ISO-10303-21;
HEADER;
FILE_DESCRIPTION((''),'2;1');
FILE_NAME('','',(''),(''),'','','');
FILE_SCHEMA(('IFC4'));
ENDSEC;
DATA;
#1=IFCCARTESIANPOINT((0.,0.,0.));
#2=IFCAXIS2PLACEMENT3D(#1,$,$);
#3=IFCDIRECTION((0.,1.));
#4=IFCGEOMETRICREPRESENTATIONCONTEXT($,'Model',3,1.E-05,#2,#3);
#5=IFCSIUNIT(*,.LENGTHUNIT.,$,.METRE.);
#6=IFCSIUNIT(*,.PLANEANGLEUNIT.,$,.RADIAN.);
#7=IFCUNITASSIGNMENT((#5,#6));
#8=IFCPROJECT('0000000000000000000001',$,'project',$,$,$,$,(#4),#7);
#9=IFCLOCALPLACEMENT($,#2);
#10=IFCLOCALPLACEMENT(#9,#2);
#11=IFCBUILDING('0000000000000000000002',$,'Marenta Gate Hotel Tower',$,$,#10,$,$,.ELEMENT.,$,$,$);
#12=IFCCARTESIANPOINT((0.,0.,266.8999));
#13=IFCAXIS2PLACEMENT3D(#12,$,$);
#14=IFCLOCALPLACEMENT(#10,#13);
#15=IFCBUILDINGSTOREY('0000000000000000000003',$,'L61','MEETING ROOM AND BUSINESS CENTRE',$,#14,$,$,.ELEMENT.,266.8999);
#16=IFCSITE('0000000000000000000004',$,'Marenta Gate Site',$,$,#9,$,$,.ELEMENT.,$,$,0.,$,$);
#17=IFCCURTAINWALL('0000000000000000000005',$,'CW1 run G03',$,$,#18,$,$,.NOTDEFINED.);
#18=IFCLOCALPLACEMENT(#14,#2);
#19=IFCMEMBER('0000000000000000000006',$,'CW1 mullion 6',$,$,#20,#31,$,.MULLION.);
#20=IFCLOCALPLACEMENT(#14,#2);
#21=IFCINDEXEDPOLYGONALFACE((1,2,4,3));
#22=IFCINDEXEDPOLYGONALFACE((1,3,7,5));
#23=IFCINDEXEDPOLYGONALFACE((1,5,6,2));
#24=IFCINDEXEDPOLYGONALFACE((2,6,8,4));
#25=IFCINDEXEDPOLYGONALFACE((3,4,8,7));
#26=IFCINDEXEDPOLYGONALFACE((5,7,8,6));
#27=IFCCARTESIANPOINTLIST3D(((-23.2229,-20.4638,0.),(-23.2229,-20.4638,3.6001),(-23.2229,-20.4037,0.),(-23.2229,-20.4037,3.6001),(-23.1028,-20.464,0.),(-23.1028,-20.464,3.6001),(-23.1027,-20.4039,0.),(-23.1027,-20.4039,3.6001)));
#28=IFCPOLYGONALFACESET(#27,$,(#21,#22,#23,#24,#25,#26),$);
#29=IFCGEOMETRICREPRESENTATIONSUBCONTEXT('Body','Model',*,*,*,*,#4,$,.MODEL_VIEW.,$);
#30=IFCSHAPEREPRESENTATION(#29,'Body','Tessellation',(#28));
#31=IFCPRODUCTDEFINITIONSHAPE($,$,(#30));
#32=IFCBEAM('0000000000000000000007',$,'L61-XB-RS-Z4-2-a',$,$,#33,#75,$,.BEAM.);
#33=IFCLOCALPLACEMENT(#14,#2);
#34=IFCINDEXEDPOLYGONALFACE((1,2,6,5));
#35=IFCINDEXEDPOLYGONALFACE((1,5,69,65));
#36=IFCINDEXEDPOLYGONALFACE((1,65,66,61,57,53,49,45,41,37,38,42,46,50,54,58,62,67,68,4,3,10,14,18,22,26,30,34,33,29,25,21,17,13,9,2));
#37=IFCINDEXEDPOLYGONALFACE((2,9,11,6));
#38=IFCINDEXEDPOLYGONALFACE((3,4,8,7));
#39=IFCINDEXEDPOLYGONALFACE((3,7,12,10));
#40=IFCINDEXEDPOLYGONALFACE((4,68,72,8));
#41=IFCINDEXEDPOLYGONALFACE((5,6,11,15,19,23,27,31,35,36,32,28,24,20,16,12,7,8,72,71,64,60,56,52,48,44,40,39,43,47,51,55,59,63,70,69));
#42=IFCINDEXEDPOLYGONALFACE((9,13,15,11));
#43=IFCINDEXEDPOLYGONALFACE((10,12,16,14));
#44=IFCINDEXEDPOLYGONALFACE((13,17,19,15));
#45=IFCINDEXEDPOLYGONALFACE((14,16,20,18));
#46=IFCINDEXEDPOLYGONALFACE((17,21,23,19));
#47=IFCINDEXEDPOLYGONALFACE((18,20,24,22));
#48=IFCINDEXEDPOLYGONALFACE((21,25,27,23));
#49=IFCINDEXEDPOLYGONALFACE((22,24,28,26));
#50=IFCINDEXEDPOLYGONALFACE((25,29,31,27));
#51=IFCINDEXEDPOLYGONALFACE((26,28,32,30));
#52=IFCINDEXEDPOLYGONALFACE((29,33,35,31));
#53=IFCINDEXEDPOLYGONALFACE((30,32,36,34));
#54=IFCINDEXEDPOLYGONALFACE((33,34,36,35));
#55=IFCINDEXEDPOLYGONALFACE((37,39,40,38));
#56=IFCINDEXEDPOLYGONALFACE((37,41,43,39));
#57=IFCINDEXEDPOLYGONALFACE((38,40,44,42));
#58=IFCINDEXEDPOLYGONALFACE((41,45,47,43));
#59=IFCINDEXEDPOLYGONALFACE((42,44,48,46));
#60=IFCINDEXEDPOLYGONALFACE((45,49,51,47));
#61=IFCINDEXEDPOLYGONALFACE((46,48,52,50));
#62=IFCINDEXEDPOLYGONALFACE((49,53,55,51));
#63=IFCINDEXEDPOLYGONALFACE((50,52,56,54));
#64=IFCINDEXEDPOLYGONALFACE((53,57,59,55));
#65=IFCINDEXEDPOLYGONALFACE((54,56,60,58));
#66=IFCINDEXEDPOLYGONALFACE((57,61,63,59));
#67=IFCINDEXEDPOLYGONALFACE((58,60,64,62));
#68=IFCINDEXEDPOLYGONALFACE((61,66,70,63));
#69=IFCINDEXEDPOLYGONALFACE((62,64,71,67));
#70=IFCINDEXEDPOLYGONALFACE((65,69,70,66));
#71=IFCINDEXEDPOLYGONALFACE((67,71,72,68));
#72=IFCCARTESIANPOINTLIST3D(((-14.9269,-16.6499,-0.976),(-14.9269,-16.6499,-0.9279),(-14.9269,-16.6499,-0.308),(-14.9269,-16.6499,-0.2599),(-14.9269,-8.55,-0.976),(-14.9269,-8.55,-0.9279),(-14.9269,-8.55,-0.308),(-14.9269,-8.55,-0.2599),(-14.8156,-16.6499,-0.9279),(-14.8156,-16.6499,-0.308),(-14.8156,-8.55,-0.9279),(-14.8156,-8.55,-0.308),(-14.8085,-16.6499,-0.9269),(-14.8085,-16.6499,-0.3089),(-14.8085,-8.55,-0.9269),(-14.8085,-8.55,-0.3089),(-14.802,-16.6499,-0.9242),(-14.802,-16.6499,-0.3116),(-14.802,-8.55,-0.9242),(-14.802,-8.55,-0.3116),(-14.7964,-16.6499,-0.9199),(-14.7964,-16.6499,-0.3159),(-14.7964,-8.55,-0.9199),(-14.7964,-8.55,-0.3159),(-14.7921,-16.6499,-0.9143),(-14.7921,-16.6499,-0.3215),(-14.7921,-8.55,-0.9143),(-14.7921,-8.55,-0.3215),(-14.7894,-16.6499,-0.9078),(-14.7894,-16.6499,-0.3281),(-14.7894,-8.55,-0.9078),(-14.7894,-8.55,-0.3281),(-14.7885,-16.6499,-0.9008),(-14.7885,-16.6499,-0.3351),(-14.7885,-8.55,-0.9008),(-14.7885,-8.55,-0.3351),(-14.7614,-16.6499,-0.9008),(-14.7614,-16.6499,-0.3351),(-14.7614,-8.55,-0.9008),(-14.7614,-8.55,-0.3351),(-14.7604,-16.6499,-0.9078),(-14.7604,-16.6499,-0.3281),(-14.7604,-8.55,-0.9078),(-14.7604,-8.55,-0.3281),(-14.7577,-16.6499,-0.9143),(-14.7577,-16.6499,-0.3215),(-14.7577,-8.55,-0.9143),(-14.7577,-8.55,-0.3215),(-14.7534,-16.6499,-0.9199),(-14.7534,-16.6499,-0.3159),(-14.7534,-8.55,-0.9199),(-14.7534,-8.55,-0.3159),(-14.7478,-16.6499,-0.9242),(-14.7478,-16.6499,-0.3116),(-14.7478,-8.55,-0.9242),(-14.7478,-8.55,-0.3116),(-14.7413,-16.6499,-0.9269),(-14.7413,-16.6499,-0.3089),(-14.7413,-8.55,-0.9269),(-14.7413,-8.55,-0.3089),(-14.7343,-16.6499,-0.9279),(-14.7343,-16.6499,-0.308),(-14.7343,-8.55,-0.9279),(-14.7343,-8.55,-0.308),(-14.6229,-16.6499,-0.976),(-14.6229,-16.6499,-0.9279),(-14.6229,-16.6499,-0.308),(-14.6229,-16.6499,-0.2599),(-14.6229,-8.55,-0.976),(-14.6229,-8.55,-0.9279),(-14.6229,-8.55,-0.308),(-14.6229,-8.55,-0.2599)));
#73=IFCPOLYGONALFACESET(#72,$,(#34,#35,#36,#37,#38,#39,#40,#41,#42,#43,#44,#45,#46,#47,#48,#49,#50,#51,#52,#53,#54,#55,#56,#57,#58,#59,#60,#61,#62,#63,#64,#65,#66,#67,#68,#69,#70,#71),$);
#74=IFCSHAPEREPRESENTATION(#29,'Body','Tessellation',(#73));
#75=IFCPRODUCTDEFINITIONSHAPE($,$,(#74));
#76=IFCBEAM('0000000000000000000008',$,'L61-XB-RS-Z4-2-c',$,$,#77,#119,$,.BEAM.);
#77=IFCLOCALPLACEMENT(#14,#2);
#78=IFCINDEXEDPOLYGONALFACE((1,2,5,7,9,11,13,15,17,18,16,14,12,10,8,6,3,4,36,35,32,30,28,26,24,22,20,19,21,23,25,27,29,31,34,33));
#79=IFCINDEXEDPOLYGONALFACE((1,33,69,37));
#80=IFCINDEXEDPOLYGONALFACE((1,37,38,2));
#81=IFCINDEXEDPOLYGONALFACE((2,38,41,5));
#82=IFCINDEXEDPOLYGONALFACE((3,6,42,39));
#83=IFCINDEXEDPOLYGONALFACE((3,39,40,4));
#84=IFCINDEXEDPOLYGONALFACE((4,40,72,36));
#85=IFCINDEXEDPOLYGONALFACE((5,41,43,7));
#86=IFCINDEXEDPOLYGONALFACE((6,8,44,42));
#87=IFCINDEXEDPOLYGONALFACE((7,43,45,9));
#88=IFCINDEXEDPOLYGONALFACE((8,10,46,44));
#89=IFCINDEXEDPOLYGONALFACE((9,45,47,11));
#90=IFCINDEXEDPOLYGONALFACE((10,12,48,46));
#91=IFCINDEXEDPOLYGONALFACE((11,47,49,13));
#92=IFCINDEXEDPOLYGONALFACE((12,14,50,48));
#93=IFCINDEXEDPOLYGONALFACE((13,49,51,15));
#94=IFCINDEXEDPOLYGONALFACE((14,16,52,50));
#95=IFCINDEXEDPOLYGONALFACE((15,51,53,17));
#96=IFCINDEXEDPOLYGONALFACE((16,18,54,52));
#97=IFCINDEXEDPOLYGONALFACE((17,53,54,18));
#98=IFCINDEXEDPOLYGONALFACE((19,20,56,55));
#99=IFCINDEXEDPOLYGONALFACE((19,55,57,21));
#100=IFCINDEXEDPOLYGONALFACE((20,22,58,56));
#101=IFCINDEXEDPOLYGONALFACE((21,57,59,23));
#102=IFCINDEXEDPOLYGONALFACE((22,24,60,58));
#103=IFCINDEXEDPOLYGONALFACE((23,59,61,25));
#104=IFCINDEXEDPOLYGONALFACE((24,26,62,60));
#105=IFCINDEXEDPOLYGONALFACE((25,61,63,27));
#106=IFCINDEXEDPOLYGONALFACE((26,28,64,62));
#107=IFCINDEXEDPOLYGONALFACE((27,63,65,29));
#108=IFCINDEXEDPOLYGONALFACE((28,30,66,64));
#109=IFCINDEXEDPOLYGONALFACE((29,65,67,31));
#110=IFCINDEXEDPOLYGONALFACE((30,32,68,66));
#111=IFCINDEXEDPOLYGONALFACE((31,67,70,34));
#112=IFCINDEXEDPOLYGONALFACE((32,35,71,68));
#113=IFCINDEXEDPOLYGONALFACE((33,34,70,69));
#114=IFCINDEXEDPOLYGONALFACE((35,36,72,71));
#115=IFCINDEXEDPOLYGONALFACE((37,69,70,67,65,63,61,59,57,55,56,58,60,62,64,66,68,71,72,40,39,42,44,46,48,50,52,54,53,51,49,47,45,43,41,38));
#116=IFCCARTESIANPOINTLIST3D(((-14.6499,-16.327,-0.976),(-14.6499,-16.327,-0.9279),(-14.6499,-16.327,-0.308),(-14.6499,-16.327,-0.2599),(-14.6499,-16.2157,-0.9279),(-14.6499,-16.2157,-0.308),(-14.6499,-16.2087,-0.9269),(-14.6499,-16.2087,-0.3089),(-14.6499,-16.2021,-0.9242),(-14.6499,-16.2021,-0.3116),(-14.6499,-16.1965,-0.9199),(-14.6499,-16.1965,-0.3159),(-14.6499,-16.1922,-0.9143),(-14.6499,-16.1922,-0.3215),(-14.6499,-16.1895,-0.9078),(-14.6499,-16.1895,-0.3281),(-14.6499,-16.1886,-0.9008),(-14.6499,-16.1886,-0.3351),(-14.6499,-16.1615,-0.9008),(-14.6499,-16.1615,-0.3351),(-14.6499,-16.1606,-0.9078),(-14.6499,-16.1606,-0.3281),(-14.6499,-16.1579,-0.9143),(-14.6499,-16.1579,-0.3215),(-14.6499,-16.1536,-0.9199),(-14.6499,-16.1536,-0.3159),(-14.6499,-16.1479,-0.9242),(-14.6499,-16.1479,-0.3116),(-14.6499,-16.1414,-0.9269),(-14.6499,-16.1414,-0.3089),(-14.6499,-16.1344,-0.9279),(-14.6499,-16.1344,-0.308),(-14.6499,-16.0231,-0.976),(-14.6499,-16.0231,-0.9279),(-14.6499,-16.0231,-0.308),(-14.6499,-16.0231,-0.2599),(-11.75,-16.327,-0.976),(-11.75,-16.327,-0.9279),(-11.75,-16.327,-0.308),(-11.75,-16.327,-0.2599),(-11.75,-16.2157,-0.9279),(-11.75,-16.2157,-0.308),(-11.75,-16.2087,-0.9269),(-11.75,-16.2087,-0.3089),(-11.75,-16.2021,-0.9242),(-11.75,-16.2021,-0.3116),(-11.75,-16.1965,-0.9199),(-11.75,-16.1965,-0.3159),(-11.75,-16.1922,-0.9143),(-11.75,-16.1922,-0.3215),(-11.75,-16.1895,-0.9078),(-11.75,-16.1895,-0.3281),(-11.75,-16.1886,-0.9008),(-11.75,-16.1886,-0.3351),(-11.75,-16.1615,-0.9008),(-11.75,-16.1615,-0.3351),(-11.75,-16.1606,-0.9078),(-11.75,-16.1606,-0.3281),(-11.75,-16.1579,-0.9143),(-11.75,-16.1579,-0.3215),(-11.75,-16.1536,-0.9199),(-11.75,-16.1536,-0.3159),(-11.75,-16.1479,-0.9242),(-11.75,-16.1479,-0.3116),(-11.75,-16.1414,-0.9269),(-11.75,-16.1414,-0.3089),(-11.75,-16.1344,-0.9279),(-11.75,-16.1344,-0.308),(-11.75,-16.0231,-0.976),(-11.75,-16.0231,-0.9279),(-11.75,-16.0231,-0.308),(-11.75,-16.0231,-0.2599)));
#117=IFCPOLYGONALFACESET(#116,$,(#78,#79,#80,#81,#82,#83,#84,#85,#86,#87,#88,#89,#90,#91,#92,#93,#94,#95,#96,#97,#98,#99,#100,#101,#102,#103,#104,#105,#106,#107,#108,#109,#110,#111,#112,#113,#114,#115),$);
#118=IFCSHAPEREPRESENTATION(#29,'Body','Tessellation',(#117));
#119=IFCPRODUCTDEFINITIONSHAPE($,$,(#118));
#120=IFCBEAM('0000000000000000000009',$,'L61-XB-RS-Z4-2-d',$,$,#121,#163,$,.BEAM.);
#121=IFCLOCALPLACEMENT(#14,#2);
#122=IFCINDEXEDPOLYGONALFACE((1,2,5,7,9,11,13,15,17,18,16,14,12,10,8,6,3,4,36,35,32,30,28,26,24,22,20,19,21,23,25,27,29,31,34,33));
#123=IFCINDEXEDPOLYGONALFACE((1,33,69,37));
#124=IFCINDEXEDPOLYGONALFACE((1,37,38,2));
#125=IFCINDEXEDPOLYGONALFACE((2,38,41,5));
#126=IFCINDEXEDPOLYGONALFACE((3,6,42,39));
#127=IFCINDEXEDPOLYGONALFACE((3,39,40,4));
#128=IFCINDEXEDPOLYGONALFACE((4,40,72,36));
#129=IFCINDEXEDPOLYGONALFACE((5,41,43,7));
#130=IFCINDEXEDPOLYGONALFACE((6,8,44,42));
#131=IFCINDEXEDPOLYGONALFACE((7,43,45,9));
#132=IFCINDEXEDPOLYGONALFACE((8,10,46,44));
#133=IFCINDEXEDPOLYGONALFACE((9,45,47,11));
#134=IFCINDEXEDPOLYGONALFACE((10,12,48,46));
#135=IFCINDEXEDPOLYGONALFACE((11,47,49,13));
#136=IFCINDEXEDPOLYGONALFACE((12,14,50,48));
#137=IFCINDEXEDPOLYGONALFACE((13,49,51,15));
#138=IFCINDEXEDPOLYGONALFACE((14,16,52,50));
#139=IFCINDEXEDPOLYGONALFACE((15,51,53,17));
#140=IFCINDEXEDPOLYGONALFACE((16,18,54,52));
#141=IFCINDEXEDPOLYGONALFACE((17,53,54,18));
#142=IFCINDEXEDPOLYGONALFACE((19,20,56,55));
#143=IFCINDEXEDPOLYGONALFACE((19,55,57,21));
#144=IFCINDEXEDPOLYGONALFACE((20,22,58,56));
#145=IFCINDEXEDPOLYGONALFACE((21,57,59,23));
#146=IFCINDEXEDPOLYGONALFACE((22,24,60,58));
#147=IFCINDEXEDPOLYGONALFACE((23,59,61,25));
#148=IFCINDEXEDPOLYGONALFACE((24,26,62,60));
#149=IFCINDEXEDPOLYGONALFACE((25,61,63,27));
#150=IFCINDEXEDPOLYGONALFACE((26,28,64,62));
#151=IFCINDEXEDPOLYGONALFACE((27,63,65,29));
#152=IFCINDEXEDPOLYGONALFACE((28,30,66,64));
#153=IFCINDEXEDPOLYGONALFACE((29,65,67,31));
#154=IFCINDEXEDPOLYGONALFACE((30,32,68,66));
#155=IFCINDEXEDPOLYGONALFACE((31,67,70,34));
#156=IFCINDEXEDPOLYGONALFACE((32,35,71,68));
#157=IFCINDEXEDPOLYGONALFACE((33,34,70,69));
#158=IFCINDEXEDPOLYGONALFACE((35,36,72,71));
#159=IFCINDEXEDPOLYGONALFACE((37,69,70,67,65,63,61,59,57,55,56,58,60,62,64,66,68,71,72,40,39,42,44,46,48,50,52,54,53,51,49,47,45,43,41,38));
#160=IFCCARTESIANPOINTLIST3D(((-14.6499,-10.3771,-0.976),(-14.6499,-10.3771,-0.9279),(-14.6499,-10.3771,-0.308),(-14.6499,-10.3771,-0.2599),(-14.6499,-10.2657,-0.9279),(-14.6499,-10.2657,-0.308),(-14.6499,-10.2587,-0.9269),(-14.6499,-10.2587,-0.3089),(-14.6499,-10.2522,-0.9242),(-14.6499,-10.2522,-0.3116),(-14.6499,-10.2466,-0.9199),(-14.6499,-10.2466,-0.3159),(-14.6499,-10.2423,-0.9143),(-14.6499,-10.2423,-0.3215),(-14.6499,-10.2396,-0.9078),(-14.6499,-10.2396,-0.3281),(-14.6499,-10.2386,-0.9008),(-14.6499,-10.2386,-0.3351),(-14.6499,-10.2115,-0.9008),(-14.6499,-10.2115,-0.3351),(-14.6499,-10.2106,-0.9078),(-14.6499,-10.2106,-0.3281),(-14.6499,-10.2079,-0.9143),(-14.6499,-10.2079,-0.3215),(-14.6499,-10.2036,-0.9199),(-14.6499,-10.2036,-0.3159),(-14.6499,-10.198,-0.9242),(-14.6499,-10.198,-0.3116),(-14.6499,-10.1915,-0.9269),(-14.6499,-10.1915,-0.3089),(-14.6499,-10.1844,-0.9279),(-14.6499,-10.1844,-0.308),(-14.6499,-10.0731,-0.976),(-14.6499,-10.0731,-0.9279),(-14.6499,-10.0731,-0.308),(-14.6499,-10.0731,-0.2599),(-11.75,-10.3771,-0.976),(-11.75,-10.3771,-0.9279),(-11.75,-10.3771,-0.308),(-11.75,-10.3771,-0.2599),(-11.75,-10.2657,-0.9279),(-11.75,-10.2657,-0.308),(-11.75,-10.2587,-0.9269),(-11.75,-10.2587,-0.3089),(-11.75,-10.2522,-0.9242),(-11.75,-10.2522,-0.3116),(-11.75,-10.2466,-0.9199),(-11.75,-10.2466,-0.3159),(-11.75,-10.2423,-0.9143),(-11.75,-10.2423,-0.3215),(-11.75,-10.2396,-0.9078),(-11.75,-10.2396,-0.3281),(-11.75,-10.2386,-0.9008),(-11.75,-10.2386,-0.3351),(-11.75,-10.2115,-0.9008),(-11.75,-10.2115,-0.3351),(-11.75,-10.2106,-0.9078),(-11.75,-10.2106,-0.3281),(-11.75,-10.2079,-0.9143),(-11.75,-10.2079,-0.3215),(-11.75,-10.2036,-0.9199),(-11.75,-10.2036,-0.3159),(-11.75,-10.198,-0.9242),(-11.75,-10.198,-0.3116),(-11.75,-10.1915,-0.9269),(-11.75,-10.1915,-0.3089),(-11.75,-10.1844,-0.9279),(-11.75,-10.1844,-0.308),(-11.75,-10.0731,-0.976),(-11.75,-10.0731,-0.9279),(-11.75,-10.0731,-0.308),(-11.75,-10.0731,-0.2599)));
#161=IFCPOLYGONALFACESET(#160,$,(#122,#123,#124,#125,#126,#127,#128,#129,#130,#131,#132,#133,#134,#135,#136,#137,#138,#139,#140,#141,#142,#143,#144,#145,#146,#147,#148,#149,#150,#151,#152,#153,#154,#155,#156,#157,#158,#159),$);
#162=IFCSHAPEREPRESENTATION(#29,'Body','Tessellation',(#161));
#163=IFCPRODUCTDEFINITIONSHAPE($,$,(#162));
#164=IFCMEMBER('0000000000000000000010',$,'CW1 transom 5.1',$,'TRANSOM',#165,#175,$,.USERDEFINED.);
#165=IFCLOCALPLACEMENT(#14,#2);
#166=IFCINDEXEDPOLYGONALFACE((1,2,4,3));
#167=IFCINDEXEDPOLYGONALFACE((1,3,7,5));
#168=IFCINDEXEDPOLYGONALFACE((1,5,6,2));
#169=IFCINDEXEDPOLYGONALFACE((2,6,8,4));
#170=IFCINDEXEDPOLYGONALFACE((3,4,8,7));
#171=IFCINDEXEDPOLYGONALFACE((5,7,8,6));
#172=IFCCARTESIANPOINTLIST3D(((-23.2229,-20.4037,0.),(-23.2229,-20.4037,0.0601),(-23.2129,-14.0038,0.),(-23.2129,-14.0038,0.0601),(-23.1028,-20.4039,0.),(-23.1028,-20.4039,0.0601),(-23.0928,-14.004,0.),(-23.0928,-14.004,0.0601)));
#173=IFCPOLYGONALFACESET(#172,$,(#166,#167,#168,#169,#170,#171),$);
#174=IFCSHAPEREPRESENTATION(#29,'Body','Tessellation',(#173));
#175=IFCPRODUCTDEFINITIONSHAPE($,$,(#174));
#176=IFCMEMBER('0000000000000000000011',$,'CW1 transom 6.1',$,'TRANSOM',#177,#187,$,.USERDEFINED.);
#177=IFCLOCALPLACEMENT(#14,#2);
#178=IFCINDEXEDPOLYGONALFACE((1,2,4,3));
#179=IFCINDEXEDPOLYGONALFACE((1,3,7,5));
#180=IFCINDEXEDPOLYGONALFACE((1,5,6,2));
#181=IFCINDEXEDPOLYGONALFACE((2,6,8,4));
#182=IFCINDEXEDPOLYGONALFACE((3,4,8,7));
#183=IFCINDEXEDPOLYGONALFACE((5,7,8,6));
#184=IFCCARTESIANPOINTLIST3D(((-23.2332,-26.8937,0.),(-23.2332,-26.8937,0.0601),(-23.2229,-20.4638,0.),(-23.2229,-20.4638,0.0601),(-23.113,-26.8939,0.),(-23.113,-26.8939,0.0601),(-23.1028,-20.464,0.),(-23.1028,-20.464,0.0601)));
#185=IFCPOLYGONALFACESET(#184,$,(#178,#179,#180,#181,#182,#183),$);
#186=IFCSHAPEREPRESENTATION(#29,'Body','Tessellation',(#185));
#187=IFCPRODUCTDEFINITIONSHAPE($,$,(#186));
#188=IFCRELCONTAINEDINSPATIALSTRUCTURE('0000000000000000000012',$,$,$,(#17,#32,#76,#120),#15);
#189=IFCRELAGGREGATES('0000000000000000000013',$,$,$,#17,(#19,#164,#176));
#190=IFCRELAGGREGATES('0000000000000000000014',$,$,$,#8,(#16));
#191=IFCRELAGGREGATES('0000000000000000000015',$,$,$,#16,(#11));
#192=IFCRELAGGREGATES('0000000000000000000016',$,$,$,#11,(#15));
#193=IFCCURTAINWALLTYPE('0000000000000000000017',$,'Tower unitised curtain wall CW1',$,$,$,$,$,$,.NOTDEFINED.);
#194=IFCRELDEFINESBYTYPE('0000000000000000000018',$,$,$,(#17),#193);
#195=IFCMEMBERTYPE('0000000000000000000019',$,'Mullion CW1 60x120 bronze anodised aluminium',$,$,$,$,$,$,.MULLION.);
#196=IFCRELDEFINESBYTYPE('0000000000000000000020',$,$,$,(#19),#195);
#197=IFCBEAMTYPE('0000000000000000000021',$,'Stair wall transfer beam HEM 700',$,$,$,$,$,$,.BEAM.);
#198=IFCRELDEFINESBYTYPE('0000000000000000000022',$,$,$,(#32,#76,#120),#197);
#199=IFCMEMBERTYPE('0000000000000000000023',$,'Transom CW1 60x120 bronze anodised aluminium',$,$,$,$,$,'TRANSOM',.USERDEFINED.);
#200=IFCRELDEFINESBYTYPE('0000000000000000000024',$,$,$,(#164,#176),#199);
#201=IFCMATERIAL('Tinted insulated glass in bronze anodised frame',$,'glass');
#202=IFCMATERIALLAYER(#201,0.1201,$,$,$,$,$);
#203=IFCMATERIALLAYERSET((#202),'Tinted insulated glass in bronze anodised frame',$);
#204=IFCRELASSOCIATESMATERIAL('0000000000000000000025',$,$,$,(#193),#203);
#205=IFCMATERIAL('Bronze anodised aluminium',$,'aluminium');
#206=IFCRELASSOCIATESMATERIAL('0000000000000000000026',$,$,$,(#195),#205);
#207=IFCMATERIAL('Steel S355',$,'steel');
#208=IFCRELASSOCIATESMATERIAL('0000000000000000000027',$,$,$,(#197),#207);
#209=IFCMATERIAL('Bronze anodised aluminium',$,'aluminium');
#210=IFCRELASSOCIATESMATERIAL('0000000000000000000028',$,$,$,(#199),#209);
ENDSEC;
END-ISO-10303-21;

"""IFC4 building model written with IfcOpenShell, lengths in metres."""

from ifc_helpers import new_model, si_unit, direction, frame, origin, origin_2d, place, context, subcontext, project, spatial, rectangle, i_section, extrude, material, layer, layer_set, material_profile, profile_set, type_object, element, aggregate, save


model = new_model("IFC4")

# Units and contexts
model_context = context("Model", 3, precision=1e-05, world=origin(), true_north=direction((0.0, 1.0)))
body_context = subcontext(model_context, "Body", "Model", "MODEL_VIEW")
ifc_project = project(units=[si_unit("LENGTHUNIT", "METRE"), si_unit("PLANEANGLEUNIT", "RADIAN")], contexts=[model_context])

# Site, building, storey
site_placement = place(None, origin())
site = spatial("IfcSite", under=ifc_project, at=site_placement, Name="Marenta Gate Site", CompositionType="ELEMENT", RefElevation=0.0)
building_placement = place(site_placement, origin())
building = spatial("IfcBuilding", under=site, at=building_placement, Name="Marenta Gate Hotel Tower", CompositionType="ELEMENT")
storey_placement = place(building_placement, frame((0.0, 0.0, 266.8999)))
storey = spatial("IfcBuildingStorey", under=building, at=storey_placement, Name="L61", Description="MEETING ROOM AND BUSINESS CENTRE", CompositionType="ELEMENT", Elevation=266.8999)

# Curtain wall, member
ifc_material_1 = material(Name="Tinted insulated glass in bronze anodised frame", Category="glass")
ifc_layer_1 = layer(ifc_material_1, 0.1201)
ifc_layer_set_1 = layer_set([ifc_layer_1], Name="Tinted insulated glass in bronze anodised frame")
curtain_wall_type = type_object("IfcCurtainWallType", Name="Tower unitised curtain wall CW1", PredefinedType="NOTDEFINED", material=ifc_layer_set_1)
curtain_wall_placement = place(storey_placement, origin())
curtain_wall = element("IfcCurtainWall", 1, at=curtain_wall_placement, inside=storey, type_object=curtain_wall_type, Name="CW1 run G03", PredefinedType="NOTDEFINED")
ifc_material_2 = material(Name="Bronze anodised aluminium", Category="aluminium")
ifc_material_profile_1 = material_profile(ifc_material_2, rectangle(XDim=0.1201, YDim=0.0601, at=origin_2d()), Name="Mullion CW1 60x120 bronze anodised aluminium")
ifc_profile_set_1 = profile_set([ifc_material_profile_1], Name="Bronze anodised aluminium")
member_type_1 = type_object("IfcMemberType", Name="Mullion CW1 60x120 bronze anodised aluminium", PredefinedType="MULLION", material=ifc_profile_set_1)
member_1_placement = place(storey_placement, frame((-23.1628, -20.4338, 0.0), z_axis=(0.0, 0.0, 1.0), x_axis=(0.999999, -0.001566, 0.0)))
member_1 = element("IfcMember", 2, at=member_1_placement, type_object=member_type_1, Name="CW1 mullion 6", PredefinedType="MULLION", context=body_context, shape_type="SweptSolid", body=[
    extrude(rectangle(XDim=0.1201, YDim=0.0601, at=origin_2d()), origin(), (0.0, 0.0, 1.0), 3.6001),
])

# Beams
ifc_material_3 = material(Name="Steel S355", Category="steel")
ifc_material_profile_2 = material_profile(ifc_material_3, i_section(OverallWidth=0.304, OverallDepth=0.7161, WebThickness=0.0271, FlangeThickness=0.0481, FilletRadius=0.0271, at=origin_2d()), Name="HEM 700")
ifc_profile_set_2 = profile_set([ifc_material_profile_2], Name="Steel S355")
beam_type_1 = type_object("IfcBeamType", Name="Stair wall transfer beam HEM 700", PredefinedType="BEAM", material=ifc_profile_set_2)
beam_1_placement = place(storey_placement, frame((-14.7749, -16.6499, -0.6179), z_axis=(0.0, 1.0, 0.0), x_axis=(-1.0, 0.0, 0.0)))
element("IfcBeam", 3, at=beam_1_placement, inside=storey, type_object=beam_type_1, Name="L61-XB-RS-Z4-2-a", PredefinedType="BEAM", context=body_context, shape_type="SweptSolid", body=[
    extrude(i_section(OverallWidth=0.304, OverallDepth=0.7161, WebThickness=0.0271, FlangeThickness=0.0481, FilletRadius=0.0271, at=origin_2d()), origin(), (0.0, 0.0, 1.0), 8.0999),
])
for number, where, z_axis, x_axis, name in (
    (4, (-14.6499, -16.175, -0.6179), (1.0, 0.0, 0.0), (0.0, 1.0, 0.0), "L61-XB-RS-Z4-2-c"),
    (5, (-14.6499, -10.2251, -0.6179), (1.0, 0.0, 0.0), (0.0, 1.0, 0.0), "L61-XB-RS-Z4-2-d"),
):
    element("IfcBeam", number, at=place(storey_placement, frame(where, z_axis=z_axis, x_axis=x_axis)), inside=storey, type_object=beam_type_1, Name=name, PredefinedType="BEAM", context=body_context, shape_type="SweptSolid", body=[
        extrude(i_section(OverallWidth=0.304, OverallDepth=0.7161, WebThickness=0.0271, FlangeThickness=0.0481, FilletRadius=0.0271, at=origin_2d()), origin(), (0.0, 0.0, 1.0), 2.8999),
    ])

# Members
ifc_material_4 = material(Name="Bronze anodised aluminium", Category="aluminium")
ifc_material_profile_3 = material_profile(ifc_material_4, rectangle(XDim=0.1201, YDim=0.0601, at=origin_2d()), Name="Transom CW1 60x120 bronze anodised aluminium")
ifc_profile_set_3 = profile_set([ifc_material_profile_3], Name="Bronze anodised aluminium")
member_type_2 = type_object("IfcMemberType", Name="Transom CW1 60x120 bronze anodised aluminium", ElementType="TRANSOM", PredefinedType="USERDEFINED", material=ifc_profile_set_3)
member_2_placement = place(storey_placement, frame((-23.1528, -14.0039, 0.03), z_axis=(-0.001564, -0.999999, 0.0), x_axis=(0.999999, -0.001564, 0.0)))
member_2 = element("IfcMember", 6, at=member_2_placement, type_object=member_type_2, Name="CW1 transom 5.1", ObjectType="TRANSOM", PredefinedType="USERDEFINED", context=body_context, shape_type="SweptSolid", body=[
    extrude(rectangle(XDim=0.1201, YDim=0.0601, at=origin_2d()), origin(), (0.0, 0.0, 1.0), 6.3999),
])
member_3_placement = place(storey_placement, frame((-23.1628, -20.4639, 0.03), z_axis=(-0.001595, -0.999999, 0.0), x_axis=(0.999999, -0.001595, 0.0)))
member_3 = element("IfcMember", 7, at=member_3_placement, type_object=member_type_2, Name="CW1 transom 6.1", ObjectType="TRANSOM", PredefinedType="USERDEFINED", context=body_context, shape_type="SweptSolid", body=[
    extrude(rectangle(XDim=0.1201, YDim=0.0601, at=origin_2d()), origin(), (0.0, 0.0, 1.0), 6.4299),
])

aggregate(curtain_wall, [member_1, member_2, member_3])

save(model, "model.ifc")
